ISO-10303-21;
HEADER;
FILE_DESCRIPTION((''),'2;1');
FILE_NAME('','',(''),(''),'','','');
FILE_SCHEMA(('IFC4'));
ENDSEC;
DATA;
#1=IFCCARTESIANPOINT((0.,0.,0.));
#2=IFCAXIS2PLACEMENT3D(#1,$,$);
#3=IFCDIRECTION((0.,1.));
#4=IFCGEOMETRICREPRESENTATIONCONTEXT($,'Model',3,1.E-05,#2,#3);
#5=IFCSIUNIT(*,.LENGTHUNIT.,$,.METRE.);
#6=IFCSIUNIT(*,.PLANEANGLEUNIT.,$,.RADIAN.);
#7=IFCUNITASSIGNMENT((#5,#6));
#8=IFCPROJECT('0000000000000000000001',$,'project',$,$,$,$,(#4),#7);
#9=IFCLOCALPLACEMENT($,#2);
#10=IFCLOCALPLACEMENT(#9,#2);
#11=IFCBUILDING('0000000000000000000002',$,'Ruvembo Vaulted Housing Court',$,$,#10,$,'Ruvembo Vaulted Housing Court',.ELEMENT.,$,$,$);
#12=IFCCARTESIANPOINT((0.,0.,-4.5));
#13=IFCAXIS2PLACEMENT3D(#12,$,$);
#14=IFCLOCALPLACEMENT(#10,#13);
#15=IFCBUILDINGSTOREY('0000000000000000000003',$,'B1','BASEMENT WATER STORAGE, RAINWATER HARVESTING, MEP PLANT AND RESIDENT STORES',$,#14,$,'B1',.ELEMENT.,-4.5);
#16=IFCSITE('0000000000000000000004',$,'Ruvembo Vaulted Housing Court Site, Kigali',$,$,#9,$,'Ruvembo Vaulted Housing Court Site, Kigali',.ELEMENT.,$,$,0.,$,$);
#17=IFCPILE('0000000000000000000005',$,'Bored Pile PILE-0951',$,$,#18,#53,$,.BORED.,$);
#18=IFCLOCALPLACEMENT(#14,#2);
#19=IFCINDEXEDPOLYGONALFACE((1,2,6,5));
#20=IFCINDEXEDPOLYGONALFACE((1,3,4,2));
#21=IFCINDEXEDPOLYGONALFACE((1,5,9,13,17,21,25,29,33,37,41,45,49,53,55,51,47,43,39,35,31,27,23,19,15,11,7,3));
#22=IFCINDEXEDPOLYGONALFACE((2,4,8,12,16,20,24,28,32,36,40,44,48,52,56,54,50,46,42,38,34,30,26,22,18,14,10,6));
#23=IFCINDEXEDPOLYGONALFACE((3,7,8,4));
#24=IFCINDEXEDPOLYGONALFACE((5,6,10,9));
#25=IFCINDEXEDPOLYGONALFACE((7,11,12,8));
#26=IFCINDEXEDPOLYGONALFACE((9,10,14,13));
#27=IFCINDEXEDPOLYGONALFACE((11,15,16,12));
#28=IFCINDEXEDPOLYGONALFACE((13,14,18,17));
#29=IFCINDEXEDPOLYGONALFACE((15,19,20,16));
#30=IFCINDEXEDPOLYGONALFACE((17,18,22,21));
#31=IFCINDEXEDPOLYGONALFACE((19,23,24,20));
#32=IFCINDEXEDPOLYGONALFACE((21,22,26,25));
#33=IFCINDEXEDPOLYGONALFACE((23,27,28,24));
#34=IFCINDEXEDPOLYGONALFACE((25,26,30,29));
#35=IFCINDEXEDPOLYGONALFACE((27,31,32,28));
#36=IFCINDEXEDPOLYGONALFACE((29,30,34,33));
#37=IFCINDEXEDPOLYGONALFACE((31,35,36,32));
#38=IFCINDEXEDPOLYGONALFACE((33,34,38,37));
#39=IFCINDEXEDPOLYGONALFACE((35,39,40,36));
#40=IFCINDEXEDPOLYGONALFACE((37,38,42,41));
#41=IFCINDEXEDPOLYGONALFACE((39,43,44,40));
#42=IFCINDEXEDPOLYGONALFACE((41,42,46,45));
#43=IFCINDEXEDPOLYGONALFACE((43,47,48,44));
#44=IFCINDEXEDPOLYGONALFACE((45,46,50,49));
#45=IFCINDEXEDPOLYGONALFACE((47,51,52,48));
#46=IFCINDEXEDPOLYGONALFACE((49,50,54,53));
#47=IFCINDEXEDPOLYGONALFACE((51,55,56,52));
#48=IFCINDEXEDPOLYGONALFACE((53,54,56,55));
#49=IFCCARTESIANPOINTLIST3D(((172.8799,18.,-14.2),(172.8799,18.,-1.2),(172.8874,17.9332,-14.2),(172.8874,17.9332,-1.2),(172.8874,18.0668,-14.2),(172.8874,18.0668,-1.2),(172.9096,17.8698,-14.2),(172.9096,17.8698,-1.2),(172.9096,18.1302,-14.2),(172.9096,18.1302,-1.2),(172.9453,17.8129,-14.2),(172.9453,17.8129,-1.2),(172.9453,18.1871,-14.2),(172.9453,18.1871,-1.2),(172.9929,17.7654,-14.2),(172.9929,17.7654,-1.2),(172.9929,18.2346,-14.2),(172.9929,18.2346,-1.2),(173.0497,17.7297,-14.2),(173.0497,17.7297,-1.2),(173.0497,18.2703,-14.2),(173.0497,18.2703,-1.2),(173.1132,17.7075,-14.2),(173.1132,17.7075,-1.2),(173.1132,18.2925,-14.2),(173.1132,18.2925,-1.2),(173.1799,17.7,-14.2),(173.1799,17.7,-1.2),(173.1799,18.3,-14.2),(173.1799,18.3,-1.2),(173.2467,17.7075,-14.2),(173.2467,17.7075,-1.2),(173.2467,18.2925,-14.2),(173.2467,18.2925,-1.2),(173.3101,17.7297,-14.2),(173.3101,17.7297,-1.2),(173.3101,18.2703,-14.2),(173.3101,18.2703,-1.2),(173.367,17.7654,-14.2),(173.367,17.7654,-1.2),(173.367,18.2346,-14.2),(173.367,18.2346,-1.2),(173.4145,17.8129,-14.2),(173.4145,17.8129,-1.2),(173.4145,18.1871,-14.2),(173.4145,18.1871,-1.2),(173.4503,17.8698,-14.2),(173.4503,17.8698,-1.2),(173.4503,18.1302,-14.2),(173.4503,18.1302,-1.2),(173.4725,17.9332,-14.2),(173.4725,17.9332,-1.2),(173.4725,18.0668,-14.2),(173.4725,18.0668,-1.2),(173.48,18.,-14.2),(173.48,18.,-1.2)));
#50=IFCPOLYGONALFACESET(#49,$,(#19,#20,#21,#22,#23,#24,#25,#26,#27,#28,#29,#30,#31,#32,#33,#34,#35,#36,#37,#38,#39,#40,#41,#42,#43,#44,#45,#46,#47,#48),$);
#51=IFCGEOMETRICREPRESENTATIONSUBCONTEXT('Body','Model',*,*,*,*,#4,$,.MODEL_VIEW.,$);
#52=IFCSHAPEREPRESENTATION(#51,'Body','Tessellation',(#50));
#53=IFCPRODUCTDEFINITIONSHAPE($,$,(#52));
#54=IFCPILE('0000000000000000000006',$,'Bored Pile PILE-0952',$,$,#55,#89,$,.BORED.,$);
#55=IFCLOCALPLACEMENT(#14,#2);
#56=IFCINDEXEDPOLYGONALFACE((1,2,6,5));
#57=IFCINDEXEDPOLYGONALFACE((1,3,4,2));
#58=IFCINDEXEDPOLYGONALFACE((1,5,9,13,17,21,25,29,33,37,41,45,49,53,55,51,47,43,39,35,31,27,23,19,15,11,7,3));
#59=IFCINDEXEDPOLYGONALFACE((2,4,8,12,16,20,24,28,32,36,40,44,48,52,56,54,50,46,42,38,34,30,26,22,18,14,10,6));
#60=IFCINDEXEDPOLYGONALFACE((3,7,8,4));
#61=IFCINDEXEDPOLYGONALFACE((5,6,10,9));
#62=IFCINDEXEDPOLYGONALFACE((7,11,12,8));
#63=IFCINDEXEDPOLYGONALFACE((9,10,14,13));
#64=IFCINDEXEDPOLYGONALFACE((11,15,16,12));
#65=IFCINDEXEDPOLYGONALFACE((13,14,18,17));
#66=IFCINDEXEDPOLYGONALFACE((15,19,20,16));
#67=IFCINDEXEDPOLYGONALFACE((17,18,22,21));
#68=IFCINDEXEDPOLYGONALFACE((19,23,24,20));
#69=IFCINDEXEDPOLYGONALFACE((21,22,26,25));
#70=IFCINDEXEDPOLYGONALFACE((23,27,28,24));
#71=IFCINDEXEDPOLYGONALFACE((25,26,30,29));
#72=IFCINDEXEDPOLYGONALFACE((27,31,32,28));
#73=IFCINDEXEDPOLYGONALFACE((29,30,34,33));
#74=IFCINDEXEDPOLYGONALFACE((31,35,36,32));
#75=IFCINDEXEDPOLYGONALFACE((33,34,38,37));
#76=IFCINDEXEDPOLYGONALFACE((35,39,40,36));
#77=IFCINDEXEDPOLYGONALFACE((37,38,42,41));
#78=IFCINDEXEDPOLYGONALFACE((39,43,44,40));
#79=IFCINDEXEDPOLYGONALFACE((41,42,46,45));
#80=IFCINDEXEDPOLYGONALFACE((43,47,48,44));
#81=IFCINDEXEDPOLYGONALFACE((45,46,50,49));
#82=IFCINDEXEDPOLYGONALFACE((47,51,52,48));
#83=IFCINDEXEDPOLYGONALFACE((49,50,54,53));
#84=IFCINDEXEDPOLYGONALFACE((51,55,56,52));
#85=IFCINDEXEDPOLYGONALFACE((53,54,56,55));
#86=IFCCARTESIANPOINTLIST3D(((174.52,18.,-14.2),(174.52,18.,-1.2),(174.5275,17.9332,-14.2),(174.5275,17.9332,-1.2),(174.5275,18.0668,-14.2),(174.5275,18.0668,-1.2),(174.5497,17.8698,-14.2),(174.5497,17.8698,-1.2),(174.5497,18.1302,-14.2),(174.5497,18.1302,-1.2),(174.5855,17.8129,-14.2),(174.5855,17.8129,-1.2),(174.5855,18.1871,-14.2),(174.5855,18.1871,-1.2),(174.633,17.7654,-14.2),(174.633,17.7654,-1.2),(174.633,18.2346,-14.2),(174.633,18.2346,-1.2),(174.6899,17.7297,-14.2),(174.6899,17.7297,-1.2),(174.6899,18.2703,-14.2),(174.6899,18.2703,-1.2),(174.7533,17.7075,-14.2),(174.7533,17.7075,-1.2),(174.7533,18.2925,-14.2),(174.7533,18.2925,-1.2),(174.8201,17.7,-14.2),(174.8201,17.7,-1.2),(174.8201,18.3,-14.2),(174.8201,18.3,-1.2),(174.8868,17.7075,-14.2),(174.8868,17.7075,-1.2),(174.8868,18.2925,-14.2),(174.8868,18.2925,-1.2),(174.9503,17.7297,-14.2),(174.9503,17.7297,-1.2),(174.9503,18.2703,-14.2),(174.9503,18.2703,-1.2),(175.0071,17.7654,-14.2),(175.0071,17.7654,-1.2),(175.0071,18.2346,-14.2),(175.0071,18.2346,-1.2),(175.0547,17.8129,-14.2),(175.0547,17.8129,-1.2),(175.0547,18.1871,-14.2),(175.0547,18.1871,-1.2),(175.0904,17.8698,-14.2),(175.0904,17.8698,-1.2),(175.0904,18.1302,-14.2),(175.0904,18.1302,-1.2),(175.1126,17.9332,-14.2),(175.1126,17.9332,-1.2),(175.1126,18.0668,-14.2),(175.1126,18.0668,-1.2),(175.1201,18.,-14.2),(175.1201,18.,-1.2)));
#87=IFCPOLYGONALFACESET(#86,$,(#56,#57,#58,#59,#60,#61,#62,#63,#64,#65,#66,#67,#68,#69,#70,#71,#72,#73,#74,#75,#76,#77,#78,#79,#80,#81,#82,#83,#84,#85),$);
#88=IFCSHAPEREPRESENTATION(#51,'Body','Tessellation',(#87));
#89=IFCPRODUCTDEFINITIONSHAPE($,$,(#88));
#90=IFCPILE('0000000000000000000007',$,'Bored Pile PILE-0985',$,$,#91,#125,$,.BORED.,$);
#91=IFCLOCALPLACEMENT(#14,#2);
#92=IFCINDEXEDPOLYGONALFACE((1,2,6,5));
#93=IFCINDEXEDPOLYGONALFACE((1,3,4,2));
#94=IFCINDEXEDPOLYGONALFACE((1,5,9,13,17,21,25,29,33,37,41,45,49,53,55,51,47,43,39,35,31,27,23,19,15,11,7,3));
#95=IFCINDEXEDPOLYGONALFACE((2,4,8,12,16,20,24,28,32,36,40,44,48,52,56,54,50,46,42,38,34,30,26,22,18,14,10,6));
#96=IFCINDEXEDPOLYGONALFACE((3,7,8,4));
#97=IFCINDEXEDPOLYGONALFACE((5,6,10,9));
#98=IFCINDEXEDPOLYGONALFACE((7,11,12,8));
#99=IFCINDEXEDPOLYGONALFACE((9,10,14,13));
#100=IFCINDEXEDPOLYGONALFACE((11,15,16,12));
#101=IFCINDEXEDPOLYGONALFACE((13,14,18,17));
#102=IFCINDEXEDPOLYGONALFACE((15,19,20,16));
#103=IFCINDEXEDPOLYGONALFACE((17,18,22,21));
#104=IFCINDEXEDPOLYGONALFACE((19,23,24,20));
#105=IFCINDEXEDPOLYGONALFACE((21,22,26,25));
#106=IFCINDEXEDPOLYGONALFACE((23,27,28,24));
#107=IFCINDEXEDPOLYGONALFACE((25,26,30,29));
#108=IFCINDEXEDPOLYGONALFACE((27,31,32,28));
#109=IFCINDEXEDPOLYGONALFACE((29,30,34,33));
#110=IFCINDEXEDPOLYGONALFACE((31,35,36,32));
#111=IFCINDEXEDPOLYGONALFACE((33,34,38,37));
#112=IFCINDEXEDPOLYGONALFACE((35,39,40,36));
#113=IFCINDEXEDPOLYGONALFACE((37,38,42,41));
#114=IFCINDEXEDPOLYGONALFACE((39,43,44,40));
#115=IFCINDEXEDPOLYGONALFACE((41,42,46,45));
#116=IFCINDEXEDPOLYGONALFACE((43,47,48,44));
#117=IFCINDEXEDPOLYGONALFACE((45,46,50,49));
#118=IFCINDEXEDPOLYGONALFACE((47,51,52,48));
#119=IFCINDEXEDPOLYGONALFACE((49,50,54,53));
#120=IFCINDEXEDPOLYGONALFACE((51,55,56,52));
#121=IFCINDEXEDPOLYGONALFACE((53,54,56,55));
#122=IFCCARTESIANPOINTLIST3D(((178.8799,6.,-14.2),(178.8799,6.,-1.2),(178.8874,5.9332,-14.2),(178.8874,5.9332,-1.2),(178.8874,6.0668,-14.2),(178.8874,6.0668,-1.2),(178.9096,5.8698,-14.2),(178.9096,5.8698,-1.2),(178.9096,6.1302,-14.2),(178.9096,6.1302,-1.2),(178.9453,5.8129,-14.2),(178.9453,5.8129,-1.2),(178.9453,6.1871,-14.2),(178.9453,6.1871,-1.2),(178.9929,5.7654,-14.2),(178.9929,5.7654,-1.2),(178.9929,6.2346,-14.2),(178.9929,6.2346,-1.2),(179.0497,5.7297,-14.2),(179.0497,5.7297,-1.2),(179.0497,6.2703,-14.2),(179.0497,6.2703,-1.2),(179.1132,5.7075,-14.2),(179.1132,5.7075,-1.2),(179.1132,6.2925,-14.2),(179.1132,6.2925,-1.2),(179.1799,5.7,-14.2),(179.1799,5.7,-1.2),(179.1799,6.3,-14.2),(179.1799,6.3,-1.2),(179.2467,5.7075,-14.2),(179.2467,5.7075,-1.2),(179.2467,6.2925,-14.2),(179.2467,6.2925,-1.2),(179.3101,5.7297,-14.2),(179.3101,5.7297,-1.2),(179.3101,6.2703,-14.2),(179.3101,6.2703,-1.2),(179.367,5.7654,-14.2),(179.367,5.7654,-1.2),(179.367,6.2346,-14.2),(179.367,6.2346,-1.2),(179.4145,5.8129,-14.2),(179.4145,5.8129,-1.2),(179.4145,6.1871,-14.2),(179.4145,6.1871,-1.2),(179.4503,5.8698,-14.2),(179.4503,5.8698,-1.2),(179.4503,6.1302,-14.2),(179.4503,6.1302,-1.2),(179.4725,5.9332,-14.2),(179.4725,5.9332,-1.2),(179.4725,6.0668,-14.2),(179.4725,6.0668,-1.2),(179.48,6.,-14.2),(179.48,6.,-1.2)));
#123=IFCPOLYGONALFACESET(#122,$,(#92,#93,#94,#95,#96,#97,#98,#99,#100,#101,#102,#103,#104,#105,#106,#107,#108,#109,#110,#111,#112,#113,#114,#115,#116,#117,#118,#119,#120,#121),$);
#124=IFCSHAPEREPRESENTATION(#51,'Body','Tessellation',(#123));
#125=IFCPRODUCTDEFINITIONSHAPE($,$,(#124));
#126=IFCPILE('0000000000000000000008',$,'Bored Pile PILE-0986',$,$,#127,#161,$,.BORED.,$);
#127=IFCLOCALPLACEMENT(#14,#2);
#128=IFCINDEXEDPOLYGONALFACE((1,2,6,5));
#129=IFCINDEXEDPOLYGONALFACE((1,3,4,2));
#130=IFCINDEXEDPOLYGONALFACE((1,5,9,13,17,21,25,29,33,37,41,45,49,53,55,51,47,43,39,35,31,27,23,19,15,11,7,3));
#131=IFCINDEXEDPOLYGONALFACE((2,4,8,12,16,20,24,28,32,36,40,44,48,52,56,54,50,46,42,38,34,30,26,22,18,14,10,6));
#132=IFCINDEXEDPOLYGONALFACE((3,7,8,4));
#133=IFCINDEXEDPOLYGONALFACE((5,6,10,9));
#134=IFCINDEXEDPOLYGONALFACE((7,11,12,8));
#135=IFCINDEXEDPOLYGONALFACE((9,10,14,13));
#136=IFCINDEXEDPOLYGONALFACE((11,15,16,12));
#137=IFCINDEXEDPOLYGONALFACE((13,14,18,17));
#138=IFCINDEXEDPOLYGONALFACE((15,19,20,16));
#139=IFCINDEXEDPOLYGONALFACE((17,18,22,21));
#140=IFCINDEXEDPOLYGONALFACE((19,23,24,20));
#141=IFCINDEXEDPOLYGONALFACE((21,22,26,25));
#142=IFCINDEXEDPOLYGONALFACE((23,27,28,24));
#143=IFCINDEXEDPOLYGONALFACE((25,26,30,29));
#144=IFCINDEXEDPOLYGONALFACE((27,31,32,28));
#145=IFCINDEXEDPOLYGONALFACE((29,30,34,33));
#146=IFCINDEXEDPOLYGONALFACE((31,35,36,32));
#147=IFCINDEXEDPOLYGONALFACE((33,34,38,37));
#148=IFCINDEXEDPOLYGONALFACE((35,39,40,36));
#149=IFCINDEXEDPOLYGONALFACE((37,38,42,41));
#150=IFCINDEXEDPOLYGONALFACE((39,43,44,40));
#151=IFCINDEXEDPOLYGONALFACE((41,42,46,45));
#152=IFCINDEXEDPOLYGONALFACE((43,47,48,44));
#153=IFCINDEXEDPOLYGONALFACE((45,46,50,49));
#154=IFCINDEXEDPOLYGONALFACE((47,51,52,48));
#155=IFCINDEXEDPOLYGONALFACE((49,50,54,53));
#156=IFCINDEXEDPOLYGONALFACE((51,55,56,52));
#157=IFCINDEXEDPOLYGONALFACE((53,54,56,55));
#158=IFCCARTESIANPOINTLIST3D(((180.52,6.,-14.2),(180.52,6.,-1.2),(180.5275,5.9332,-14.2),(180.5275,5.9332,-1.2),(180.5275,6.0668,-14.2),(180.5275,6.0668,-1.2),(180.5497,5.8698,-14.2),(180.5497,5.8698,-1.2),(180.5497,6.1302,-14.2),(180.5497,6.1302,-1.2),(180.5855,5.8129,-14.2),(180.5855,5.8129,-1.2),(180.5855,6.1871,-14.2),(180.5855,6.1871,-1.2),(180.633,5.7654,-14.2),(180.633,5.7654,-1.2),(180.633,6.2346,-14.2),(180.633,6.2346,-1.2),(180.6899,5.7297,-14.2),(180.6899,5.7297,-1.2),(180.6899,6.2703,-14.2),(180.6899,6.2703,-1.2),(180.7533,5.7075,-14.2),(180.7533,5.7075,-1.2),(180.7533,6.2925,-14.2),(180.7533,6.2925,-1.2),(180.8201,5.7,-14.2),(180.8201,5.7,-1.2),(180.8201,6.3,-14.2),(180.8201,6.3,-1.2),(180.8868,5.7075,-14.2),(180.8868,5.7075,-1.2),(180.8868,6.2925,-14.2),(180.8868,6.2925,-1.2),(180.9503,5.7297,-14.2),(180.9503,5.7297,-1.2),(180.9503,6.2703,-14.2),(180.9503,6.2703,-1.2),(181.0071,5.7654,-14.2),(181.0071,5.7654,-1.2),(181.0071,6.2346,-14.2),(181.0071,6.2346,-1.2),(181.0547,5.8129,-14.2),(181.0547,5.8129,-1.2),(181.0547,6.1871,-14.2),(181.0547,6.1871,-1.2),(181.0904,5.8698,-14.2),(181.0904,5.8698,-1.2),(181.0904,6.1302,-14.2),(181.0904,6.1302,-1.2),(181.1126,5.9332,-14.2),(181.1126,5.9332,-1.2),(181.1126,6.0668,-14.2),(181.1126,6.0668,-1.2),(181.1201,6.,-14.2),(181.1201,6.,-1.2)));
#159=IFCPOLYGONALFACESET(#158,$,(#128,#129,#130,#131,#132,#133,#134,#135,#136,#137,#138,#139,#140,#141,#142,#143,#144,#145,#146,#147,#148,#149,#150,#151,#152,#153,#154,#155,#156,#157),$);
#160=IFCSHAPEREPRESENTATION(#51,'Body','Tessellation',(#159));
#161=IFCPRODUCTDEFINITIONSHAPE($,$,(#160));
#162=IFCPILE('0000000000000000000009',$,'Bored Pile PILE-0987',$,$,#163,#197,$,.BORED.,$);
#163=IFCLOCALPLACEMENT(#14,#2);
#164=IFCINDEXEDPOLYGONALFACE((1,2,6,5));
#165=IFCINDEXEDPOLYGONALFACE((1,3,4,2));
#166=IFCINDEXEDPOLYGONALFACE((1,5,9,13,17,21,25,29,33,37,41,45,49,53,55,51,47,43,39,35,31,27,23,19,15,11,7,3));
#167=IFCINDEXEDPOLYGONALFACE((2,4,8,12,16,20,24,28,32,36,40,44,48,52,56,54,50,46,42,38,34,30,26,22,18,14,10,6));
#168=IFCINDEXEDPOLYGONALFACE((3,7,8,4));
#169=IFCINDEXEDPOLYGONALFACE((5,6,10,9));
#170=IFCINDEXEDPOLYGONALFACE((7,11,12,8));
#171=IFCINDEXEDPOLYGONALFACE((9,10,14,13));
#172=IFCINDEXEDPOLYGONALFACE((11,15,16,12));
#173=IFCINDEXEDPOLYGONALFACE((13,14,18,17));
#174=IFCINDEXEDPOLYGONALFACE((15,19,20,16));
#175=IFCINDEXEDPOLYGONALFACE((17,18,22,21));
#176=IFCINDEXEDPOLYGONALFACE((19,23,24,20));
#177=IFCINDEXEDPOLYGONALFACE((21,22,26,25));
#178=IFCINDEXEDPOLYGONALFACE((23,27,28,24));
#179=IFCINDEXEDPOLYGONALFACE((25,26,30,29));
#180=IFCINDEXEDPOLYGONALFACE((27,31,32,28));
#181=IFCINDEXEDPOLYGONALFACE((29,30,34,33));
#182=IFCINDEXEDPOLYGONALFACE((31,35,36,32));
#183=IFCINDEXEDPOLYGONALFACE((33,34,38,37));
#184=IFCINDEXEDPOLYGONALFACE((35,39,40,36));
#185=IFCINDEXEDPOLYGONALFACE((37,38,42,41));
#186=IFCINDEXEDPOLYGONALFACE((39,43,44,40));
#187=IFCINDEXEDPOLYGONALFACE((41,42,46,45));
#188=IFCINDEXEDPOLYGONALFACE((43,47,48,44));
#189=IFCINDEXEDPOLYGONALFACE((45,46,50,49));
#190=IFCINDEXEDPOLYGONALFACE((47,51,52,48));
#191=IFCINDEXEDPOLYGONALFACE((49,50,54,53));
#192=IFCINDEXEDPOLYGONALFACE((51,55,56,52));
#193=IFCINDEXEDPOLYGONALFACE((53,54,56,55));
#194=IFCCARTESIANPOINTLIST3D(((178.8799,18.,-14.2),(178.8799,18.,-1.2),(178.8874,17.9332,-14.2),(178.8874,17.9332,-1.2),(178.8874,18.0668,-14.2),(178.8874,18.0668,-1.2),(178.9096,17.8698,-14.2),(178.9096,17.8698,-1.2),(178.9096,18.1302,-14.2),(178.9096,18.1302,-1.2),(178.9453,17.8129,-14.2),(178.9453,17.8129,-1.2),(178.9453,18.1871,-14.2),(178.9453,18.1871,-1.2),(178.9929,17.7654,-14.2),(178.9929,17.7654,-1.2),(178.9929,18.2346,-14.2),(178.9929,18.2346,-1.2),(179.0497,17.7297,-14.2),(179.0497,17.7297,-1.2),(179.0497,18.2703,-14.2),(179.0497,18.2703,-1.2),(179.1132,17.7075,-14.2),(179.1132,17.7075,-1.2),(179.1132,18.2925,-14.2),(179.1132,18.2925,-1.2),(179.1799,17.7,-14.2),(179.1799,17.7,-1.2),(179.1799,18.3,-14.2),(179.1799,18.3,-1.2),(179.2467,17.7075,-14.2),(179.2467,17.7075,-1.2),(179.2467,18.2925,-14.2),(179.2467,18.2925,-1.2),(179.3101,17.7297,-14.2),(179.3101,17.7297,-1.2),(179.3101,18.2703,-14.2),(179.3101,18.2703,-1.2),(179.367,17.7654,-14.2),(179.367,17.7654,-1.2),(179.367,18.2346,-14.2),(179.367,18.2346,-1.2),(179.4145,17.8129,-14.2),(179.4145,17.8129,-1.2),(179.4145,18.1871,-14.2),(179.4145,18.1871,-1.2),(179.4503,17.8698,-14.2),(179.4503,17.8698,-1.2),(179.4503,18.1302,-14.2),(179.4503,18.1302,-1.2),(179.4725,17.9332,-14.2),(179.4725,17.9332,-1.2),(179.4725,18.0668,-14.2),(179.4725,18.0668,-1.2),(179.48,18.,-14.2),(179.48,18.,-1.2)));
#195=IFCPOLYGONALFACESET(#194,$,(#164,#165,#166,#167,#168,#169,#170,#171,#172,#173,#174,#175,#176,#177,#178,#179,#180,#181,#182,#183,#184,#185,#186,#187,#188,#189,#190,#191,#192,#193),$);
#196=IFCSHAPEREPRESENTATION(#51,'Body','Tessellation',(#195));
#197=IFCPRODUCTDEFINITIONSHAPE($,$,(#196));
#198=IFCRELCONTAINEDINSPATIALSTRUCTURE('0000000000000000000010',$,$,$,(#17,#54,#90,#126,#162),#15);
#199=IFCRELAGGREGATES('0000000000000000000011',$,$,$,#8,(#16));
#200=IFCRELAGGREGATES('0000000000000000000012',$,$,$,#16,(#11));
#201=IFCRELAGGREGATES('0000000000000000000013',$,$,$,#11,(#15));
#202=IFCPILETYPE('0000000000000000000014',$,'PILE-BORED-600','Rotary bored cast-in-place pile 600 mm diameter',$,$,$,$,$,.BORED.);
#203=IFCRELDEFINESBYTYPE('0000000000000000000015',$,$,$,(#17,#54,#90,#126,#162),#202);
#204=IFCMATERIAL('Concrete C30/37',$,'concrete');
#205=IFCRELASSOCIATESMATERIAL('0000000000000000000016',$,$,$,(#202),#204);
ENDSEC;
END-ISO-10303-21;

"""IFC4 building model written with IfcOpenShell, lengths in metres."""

from ifc_helpers import new_model, si_unit, direction, frame, origin, origin_2d, place, context, subcontext, project, spatial, circle, extrude, material, material_profile, profile_set, type_object, element, save


model = new_model("IFC4")

# Units and contexts
model_context = context("Model", 3, precision=1e-05, world=origin(), true_north=direction((0.0, 1.0)))
body_context = subcontext(model_context, "Body", "Model", "MODEL_VIEW")
ifc_project = project(units=[si_unit("LENGTHUNIT", "METRE"), si_unit("PLANEANGLEUNIT", "RADIAN")], contexts=[model_context])

# Site, building, storey
site_placement = place(None, origin())
site = spatial("IfcSite", under=ifc_project, at=site_placement, Name="Ruvembo Vaulted Housing Court Site, Kigali", LongName="Ruvembo Vaulted Housing Court Site, Kigali", CompositionType="ELEMENT", RefElevation=0.0)
building_placement = place(site_placement, origin())
building = spatial("IfcBuilding", under=site, at=building_placement, Name="Ruvembo Vaulted Housing Court", LongName="Ruvembo Vaulted Housing Court", CompositionType="ELEMENT")
storey_placement = place(building_placement, frame((0.0, 0.0, -4.5)))
storey = spatial("IfcBuildingStorey", under=building, at=storey_placement, Name="B1", Description="BASEMENT WATER STORAGE, RAINWATER HARVESTING, MEP PLANT AND RESIDENT STORES", LongName="B1", CompositionType="ELEMENT", Elevation=-4.5)

# Piles
ifc_material_1 = material(Name="Concrete C30/37", Category="concrete")
ifc_material_profile_1 = material_profile(ifc_material_1, circle(Radius=0.3, at=origin_2d()), Name="PILE D600")
ifc_profile_set_1 = profile_set([ifc_material_profile_1], Name="Concrete C30/37")
pile_type = type_object("IfcPileType", Name="PILE-BORED-600", Description="Rotary bored cast-in-place pile 600 mm diameter", PredefinedType="BORED", material=ifc_profile_set_1)
for number, where, z_axis, x_axis, name in (
    (1, (173.1799, 18.0, -1.2), (0.0, 0.0, -1.0), (1.0, 0.0, 0.0), "Bored Pile PILE-0951"),
    (2, (174.8201, 18.0, -1.2), (0.0, 0.0, -1.0), (1.0, 0.0, 0.0), "Bored Pile PILE-0952"),
    (3, (179.1799, 6.0, -1.2), (0.0, 0.0, -1.0), (1.0, 0.0, 0.0), "Bored Pile PILE-0985"),
    (4, (180.8201, 6.0, -1.2), (0.0, 0.0, -1.0), (1.0, 0.0, 0.0), "Bored Pile PILE-0986"),
    (5, (179.1799, 18.0, -1.2), (0.0, 0.0, -1.0), (1.0, 0.0, 0.0), "Bored Pile PILE-0987"),
):
    element("IfcPile", number, at=place(storey_placement, frame(where, z_axis=z_axis, x_axis=x_axis)), inside=storey, type_object=pile_type, Name=name, PredefinedType="BORED", context=body_context, shape_type="SweptSolid", body=[
        extrude(circle(Radius=0.3, at=origin_2d()), origin(), (0.0, 0.0, 1.0), 13.0),
    ])

save(model, "model.ifc")
